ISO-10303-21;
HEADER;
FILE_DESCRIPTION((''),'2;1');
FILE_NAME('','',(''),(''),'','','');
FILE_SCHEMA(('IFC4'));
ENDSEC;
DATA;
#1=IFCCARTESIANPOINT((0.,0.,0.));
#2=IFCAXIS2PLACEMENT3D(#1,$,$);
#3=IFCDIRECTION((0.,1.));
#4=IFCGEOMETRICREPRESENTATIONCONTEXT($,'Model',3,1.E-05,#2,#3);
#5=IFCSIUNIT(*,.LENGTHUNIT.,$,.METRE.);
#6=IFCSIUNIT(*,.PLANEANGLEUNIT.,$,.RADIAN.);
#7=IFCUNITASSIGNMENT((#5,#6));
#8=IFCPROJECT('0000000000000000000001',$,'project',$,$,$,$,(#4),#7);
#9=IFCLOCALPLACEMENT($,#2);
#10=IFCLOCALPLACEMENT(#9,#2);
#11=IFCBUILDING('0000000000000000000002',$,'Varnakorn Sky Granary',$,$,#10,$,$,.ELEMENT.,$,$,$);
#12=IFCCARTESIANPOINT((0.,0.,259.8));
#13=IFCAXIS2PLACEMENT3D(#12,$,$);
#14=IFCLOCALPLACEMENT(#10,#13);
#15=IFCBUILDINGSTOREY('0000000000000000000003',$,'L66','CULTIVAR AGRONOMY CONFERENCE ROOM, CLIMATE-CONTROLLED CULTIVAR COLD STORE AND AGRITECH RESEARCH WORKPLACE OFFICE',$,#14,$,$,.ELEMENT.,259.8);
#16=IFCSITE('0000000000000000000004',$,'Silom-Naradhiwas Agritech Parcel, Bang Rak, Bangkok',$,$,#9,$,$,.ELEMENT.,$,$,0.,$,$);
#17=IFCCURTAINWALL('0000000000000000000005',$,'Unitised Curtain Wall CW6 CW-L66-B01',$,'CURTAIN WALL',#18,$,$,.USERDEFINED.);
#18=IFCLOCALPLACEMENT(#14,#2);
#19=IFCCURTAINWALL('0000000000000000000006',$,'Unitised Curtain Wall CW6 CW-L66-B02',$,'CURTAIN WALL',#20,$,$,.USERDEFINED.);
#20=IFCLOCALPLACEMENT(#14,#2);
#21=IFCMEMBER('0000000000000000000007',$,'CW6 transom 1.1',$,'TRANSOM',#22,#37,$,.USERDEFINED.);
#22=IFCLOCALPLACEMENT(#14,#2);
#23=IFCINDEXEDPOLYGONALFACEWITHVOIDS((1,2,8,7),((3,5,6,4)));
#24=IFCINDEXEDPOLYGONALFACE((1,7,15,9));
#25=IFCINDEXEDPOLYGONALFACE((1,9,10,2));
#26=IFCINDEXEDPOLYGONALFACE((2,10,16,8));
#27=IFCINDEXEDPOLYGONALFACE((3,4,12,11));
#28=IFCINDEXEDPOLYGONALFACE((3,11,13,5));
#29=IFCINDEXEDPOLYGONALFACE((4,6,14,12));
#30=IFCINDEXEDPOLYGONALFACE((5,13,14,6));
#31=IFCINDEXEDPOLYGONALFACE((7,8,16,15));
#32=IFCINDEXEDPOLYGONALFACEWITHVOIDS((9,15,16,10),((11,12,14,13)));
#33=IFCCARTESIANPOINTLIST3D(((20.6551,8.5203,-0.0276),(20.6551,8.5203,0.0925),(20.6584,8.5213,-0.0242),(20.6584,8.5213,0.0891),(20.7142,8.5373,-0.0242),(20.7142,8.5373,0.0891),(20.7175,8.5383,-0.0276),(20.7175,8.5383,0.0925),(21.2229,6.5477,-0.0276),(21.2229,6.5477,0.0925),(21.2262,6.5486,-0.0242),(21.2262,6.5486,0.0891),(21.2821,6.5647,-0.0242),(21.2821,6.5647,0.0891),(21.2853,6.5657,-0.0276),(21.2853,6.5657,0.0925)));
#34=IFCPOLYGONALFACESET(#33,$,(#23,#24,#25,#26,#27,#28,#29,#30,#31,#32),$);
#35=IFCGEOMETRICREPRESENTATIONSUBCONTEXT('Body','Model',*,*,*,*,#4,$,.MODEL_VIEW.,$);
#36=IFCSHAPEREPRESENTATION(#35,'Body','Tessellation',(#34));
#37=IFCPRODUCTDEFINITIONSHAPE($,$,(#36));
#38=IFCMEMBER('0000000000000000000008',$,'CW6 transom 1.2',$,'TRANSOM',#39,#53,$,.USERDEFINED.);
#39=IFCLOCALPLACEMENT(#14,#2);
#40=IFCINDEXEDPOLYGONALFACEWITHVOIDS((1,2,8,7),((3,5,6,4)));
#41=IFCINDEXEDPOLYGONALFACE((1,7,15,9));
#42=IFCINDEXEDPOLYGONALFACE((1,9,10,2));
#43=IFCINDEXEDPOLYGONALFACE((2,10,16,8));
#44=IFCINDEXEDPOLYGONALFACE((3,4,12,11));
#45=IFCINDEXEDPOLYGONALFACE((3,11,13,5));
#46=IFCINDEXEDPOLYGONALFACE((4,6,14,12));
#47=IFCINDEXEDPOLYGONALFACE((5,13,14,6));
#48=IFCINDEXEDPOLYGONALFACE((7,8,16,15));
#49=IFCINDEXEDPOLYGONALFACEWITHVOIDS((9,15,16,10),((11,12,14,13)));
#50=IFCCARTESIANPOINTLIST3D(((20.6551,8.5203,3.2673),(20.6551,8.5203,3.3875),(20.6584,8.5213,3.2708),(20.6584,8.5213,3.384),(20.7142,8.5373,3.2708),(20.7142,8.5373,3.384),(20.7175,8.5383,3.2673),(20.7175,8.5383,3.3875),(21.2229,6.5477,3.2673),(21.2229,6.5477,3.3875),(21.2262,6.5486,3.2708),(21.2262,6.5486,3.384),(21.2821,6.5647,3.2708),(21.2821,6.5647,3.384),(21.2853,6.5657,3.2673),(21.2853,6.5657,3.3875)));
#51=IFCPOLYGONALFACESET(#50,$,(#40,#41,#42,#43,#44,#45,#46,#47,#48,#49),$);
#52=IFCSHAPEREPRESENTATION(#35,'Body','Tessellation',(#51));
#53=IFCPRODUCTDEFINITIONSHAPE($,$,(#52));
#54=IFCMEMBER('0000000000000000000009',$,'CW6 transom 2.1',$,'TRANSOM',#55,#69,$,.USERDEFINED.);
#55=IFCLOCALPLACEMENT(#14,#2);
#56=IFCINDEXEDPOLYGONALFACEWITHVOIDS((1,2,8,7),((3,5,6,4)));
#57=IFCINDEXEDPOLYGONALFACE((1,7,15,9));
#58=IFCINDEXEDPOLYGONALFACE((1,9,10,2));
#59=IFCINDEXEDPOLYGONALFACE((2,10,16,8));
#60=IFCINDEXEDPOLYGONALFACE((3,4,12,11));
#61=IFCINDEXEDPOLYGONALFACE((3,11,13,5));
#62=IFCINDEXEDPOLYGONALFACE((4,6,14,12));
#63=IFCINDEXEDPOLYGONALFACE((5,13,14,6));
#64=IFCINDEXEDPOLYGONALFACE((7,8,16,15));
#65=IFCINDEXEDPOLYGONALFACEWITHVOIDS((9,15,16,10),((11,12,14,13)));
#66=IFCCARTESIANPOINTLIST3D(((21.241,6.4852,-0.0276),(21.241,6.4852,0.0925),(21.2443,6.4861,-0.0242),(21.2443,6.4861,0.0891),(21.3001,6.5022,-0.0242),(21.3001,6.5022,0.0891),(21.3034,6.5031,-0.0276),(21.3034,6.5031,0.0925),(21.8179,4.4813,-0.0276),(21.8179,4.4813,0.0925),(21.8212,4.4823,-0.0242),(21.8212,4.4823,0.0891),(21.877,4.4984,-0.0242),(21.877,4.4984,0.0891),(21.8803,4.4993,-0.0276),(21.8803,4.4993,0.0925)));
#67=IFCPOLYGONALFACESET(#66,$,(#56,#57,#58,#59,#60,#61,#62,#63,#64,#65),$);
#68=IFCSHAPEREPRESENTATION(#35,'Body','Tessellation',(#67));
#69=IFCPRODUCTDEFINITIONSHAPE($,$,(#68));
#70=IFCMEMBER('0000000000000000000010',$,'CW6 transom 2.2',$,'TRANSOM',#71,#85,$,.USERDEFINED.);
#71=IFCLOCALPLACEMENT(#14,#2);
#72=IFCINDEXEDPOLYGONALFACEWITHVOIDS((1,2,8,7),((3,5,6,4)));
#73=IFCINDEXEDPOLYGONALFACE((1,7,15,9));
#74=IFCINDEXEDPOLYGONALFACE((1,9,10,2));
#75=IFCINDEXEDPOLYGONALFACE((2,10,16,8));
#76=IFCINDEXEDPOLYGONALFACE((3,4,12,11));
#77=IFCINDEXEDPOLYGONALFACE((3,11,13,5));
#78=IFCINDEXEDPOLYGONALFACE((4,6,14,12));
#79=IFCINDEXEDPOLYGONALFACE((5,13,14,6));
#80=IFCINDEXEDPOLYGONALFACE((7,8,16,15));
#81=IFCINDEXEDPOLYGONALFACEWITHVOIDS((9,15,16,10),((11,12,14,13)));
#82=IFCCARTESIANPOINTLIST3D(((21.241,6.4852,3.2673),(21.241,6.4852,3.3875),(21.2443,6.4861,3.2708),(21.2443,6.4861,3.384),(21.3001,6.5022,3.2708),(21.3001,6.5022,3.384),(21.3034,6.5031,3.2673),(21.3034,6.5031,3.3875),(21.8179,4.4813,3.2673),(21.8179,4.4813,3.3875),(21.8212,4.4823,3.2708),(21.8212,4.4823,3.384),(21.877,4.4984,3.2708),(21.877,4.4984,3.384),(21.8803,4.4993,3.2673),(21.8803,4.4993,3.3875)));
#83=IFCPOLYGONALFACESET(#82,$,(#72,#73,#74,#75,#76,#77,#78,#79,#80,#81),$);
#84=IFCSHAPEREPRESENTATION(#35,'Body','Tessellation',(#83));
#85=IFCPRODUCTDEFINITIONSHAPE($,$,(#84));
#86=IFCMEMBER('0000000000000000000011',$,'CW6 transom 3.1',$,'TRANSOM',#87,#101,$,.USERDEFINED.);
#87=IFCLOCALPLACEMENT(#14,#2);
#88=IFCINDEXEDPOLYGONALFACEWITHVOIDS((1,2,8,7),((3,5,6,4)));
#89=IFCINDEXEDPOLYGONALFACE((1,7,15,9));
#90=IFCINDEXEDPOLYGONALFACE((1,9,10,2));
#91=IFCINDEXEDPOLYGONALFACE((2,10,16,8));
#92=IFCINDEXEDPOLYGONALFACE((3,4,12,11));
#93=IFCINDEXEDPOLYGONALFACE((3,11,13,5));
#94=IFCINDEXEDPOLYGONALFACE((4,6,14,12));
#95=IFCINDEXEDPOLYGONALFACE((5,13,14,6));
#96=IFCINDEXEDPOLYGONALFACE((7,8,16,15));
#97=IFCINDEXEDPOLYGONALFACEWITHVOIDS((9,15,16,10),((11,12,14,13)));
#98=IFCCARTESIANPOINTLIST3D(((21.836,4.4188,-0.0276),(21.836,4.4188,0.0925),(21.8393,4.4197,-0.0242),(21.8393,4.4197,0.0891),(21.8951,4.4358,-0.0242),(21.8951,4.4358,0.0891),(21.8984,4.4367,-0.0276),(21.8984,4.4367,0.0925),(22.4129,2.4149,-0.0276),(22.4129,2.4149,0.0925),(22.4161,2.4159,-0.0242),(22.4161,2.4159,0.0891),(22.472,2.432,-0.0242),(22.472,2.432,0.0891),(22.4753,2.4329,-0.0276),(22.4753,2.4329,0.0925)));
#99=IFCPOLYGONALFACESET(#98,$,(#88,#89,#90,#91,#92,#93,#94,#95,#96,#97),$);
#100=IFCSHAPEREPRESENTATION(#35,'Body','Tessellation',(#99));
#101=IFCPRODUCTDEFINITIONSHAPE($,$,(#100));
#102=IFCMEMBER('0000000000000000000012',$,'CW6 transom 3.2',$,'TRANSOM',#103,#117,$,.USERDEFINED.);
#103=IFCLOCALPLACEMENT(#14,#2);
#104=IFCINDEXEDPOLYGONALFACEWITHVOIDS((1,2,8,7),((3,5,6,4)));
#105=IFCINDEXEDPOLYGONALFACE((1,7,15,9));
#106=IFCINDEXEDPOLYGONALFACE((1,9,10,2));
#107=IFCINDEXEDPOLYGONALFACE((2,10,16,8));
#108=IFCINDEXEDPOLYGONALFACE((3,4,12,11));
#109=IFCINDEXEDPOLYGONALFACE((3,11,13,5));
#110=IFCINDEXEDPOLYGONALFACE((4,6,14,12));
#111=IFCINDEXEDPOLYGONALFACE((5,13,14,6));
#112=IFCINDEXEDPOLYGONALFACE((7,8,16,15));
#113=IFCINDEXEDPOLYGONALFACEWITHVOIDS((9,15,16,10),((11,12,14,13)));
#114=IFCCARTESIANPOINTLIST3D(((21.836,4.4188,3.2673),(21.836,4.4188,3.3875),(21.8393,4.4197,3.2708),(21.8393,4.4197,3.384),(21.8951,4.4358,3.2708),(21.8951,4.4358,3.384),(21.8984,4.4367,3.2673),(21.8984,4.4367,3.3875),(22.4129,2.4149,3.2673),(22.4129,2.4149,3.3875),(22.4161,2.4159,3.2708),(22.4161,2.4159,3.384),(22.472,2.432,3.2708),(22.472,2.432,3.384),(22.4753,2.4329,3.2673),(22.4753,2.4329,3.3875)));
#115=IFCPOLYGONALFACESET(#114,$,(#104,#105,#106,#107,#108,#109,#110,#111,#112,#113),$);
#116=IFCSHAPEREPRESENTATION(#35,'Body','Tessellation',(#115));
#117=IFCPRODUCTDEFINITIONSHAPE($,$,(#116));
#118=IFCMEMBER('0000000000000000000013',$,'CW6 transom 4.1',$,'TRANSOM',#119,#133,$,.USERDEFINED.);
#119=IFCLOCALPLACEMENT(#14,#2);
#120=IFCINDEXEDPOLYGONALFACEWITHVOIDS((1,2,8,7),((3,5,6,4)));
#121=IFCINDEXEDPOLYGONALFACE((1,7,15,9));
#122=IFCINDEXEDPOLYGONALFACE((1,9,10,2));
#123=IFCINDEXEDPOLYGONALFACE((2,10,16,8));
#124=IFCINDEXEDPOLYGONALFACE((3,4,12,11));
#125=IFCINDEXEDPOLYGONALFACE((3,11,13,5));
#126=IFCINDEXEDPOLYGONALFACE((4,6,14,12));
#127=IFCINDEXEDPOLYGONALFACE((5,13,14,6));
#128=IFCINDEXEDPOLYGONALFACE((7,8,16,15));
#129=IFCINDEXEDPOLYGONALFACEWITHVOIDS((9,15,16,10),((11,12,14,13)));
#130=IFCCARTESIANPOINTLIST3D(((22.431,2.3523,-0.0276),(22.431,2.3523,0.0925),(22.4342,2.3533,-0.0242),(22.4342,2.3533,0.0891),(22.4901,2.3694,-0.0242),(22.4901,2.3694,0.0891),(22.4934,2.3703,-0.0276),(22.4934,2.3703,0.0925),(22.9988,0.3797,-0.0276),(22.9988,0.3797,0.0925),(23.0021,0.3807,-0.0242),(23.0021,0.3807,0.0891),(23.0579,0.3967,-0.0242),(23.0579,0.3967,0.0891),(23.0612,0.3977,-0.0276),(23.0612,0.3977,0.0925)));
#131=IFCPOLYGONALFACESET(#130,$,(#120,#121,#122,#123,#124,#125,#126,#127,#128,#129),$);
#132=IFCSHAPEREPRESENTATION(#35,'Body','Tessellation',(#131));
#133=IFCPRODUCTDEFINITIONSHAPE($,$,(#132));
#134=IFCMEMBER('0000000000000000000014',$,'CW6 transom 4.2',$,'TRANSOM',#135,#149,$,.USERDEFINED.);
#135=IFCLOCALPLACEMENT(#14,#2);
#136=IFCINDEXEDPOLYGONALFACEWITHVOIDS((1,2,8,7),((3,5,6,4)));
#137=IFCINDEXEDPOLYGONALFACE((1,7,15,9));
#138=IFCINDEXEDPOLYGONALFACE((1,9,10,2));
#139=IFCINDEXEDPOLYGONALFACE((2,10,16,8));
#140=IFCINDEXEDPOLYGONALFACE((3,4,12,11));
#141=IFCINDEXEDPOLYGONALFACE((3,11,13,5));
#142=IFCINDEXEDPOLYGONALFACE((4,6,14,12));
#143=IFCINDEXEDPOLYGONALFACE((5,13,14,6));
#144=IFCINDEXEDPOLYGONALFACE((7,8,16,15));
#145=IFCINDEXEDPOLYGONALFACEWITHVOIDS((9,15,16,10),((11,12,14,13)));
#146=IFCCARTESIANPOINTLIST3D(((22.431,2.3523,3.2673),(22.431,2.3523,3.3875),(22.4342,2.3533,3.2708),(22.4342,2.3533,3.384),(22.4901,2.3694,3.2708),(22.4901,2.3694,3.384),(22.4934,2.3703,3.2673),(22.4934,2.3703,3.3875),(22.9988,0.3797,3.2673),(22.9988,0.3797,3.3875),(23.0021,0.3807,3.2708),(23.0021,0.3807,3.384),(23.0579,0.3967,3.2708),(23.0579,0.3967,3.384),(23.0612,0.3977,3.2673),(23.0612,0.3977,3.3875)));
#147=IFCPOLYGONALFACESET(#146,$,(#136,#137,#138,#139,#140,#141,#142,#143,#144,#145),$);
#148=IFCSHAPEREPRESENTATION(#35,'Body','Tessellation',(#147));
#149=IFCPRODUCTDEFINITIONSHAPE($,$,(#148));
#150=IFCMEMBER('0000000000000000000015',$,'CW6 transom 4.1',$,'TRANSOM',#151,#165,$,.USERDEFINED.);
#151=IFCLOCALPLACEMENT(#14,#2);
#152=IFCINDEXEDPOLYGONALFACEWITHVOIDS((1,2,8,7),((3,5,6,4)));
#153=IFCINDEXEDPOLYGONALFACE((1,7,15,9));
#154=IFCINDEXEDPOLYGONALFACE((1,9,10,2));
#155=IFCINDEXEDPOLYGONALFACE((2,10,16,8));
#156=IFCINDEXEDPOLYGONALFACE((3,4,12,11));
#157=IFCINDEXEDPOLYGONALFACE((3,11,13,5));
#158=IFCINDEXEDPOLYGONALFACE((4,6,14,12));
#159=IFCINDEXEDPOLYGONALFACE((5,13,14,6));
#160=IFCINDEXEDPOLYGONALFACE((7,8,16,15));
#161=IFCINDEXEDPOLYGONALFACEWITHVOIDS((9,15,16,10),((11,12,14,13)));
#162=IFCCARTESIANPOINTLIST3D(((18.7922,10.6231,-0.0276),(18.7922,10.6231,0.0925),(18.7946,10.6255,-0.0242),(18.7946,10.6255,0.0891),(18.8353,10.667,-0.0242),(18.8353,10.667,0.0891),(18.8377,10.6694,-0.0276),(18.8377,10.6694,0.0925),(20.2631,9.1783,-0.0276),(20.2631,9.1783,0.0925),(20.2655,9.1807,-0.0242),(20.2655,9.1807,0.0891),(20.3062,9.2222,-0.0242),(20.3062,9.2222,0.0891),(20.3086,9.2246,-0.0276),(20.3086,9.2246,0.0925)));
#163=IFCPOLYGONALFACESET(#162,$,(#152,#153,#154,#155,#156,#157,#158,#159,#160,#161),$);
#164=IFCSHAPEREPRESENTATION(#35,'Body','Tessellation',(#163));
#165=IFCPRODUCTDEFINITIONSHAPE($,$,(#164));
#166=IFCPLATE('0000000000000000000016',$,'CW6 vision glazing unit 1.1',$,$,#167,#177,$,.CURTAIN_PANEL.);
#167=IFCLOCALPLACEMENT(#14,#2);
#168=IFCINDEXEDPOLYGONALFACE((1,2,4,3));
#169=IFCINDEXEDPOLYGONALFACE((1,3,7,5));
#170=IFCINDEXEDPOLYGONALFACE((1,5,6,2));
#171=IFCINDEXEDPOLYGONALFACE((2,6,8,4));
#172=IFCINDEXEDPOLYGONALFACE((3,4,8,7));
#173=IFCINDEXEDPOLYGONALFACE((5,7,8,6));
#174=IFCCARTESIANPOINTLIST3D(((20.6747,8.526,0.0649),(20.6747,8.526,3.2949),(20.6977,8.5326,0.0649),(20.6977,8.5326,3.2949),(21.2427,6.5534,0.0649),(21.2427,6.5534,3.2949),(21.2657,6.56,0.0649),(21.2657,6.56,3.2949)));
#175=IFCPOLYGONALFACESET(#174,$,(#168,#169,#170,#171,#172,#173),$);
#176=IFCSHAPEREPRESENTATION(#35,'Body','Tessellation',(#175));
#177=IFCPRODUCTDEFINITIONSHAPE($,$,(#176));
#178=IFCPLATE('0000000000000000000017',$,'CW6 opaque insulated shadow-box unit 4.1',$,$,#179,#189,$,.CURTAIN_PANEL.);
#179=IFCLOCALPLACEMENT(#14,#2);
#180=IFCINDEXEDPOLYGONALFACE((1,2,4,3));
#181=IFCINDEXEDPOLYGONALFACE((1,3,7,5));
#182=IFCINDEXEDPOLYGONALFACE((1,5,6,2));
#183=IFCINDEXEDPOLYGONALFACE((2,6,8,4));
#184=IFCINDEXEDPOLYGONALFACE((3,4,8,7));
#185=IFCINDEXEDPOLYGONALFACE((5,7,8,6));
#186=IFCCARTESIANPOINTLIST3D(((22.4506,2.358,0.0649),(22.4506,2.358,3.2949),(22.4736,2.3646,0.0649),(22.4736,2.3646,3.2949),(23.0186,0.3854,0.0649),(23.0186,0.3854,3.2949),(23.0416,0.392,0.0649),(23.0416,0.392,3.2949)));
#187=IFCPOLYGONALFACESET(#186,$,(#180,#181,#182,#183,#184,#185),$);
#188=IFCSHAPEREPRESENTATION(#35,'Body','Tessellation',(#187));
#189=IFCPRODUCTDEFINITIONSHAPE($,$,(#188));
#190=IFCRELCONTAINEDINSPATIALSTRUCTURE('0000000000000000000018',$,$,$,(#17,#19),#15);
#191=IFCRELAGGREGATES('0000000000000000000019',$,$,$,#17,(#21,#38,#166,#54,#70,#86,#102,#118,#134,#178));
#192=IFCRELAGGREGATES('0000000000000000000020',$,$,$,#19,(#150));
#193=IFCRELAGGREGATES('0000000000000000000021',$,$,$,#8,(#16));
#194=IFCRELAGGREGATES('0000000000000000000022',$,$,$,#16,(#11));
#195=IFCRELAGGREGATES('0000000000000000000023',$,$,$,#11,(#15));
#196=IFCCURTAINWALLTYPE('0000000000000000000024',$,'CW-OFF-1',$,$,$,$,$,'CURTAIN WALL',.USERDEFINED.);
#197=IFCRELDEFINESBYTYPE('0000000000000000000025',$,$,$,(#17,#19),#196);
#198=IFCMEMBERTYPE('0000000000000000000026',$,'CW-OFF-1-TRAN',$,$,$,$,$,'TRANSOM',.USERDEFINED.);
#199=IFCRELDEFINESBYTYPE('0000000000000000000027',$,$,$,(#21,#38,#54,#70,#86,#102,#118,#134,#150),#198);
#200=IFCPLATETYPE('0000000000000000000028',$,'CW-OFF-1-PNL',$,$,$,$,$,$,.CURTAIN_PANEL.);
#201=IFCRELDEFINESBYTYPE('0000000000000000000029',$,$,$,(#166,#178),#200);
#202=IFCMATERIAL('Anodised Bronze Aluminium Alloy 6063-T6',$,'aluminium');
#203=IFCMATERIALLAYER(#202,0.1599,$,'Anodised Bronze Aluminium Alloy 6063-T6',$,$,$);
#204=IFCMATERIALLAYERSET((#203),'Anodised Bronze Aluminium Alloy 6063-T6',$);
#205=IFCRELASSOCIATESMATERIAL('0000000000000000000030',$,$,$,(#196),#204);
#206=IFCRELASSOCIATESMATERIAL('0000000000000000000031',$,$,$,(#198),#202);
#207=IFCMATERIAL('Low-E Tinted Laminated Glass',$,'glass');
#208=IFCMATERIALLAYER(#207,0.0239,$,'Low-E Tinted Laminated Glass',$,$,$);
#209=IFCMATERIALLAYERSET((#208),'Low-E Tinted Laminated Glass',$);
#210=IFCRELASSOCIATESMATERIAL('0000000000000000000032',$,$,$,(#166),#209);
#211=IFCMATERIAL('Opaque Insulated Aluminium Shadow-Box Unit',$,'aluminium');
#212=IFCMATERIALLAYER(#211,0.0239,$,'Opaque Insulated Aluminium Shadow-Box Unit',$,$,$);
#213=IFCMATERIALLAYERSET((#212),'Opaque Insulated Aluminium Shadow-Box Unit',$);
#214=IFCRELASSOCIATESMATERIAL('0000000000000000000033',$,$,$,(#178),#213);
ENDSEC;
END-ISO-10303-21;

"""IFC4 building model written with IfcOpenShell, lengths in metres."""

from ifc_helpers import new_model, si_unit, direction, frame, origin, origin_2d, place, context, subcontext, project, spatial, rectangle, hollow_rectangle, extrude, source, transform, mapped, material, layer, layer_set, material_profile, profile_set, type_object, element, aggregate, save


model = new_model("IFC4")

# Units and contexts
model_context = context("Model", 3, precision=1e-05, world=origin(), true_north=direction((0.0, 1.0)))
body_context = subcontext(model_context, "Body", "Model", "MODEL_VIEW")
ifc_project = project(units=[si_unit("LENGTHUNIT", "METRE"), si_unit("PLANEANGLEUNIT", "RADIAN")], contexts=[model_context])

# Site, building, storey
site_placement = place(None, origin())
site = spatial("IfcSite", under=ifc_project, at=site_placement, Name="Silom-Naradhiwas Agritech Parcel, Bang Rak, Bangkok", CompositionType="ELEMENT", RefElevation=0.0)
building_placement = place(site_placement, origin())
building = spatial("IfcBuilding", under=site, at=building_placement, Name="Varnakorn Sky Granary", CompositionType="ELEMENT")
storey_placement = place(building_placement, frame((0.0, 0.0, 259.8)))
storey = spatial("IfcBuildingStorey", under=building, at=storey_placement, Name="L66", Description="CULTIVAR AGRONOMY CONFERENCE ROOM, CLIMATE-CONTROLLED CULTIVAR COLD STORE AND AGRITECH RESEARCH WORKPLACE OFFICE", CompositionType="ELEMENT", Elevation=259.8)

# Curtain wall
ifc_material_1 = material(Name="Anodised Bronze Aluminium Alloy 6063-T6", Category="aluminium")
ifc_layer_1 = layer(ifc_material_1, 0.1599, Name="Anodised Bronze Aluminium Alloy 6063-T6")
ifc_layer_set_1 = layer_set([ifc_layer_1], Name="Anodised Bronze Aluminium Alloy 6063-T6")
curtain_wall_type = type_object("IfcCurtainWallType", Name="CW-OFF-1", ElementType="CURTAIN WALL", PredefinedType="USERDEFINED", material=ifc_layer_set_1)
curtain_wall_1_placement = place(storey_placement, origin())
curtain_wall_1 = element("IfcCurtainWall", 1, at=curtain_wall_1_placement, inside=storey, type_object=curtain_wall_type, Name="Unitised Curtain Wall CW6 CW-L66-B01", ObjectType="CURTAIN WALL", PredefinedType="USERDEFINED")

# Curtain wall
curtain_wall_2_placement = place(storey_placement, origin())
curtain_wall_2 = element("IfcCurtainWall", 2, at=curtain_wall_2_placement, inside=storey, type_object=curtain_wall_type, Name="Unitised Curtain Wall CW6 CW-L66-B02", ObjectType="CURTAIN WALL", PredefinedType="USERDEFINED")

# Members
ifc_material_profile_1 = material_profile(ifc_material_1, hollow_rectangle(XDim=0.0649, YDim=0.1201, WallThickness=0.0034, at=origin_2d()), Name="ALU TRAN 65x120")
ifc_profile_set_1 = profile_set([ifc_material_profile_1], Name="Anodised Bronze Aluminium Alloy 6063-T6")
member_type_1 = type_object("IfcMemberType", Name="CW-OFF-1-TRAN", ElementType="TRANSOM", PredefinedType="USERDEFINED", material=ifc_profile_set_1)
member_1_placement = place(storey_placement, frame((20.6863, 8.5293, 0.0325), z_axis=(0.276637, -0.960974, 0.0), x_axis=(0.960974, 0.276637, 0.0)))
member_1 = element("IfcMember", 3, at=member_1_placement, type_object=member_type_1, Name="CW6 transom 1.1", ObjectType="TRANSOM", PredefinedType="USERDEFINED", context=body_context, shape_type="SweptSolid", body=[
    extrude(hollow_rectangle(XDim=0.0649, YDim=0.1201, WallThickness=0.0034, at=origin_2d()), origin(), (0.0, 0.0, 1.0), 2.0527),
])
member_2_placement = place(storey_placement, frame((20.6863, 8.5293, 3.3274), z_axis=(0.276637, -0.960974, 0.0), x_axis=(0.960974, 0.276637, 0.0)))
member_2 = element("IfcMember", 4, at=member_2_placement, type_object=member_type_1, Name="CW6 transom 1.2", ObjectType="TRANSOM", PredefinedType="USERDEFINED", context=body_context, shape_type="SweptSolid", body=[
    extrude(hollow_rectangle(XDim=0.0649, YDim=0.1201, WallThickness=0.0034, at=origin_2d()), origin(), (0.0, 0.0, 1.0), 2.0527),
])
member_3_placement = place(storey_placement, frame((21.2722, 6.4941, 0.0325), z_axis=(0.276653, -0.96097, 0.0), x_axis=(0.96097, 0.276653, 0.0)))
member_3 = element("IfcMember", 5, at=member_3_placement, type_object=member_type_1, Name="CW6 transom 2.1", ObjectType="TRANSOM", PredefinedType="USERDEFINED", context=body_context, shape_type="SweptSolid", body=[
    extrude(hollow_rectangle(XDim=0.0649, YDim=0.1201, WallThickness=0.0034, at=origin_2d()), origin(), (0.0, 0.0, 1.0), 2.0852),
])
member_4_placement = place(storey_placement, frame((21.2722, 6.4941, 3.3274), z_axis=(0.276653, -0.96097, 0.0), x_axis=(0.96097, 0.276653, 0.0)))
member_4 = element("IfcMember", 6, at=member_4_placement, type_object=member_type_1, Name="CW6 transom 2.2", ObjectType="TRANSOM", PredefinedType="USERDEFINED", context=body_context, shape_type="SweptSolid", body=[
    extrude(hollow_rectangle(XDim=0.0649, YDim=0.1201, WallThickness=0.0034, at=origin_2d()), origin(), (0.0, 0.0, 1.0), 2.0852),
])
member_5_placement = place(storey_placement, frame((21.8672, 4.4277, 0.0325), z_axis=(0.276653, -0.96097, 0.0), x_axis=(0.96097, 0.276653, 0.0)))
member_5 = element("IfcMember", 7, at=member_5_placement, type_object=member_type_1, Name="CW6 transom 3.1", ObjectType="TRANSOM", PredefinedType="USERDEFINED", context=body_context, shape_type="SweptSolid", body=[
    extrude(hollow_rectangle(XDim=0.0649, YDim=0.1201, WallThickness=0.0034, at=origin_2d()), origin(), (0.0, 0.0, 1.0), 2.0852),
])
member_6_placement = place(storey_placement, frame((21.8672, 4.4277, 3.3274), z_axis=(0.276653, -0.96097, 0.0), x_axis=(0.96097, 0.276653, 0.0)))
member_6 = element("IfcMember", 8, at=member_6_placement, type_object=member_type_1, Name="CW6 transom 3.2", ObjectType="TRANSOM", PredefinedType="USERDEFINED", context=body_context, shape_type="SweptSolid", body=[
    extrude(hollow_rectangle(XDim=0.0649, YDim=0.1201, WallThickness=0.0034, at=origin_2d()), origin(), (0.0, 0.0, 1.0), 2.0852),
])
member_7_placement = place(storey_placement, frame((22.4622, 2.3613, 0.0325), z_axis=(0.276637, -0.960974, 0.0), x_axis=(0.960974, 0.276637, 0.0)))
member_7 = element("IfcMember", 9, at=member_7_placement, type_object=member_type_1, Name="CW6 transom 4.1", ObjectType="TRANSOM", PredefinedType="USERDEFINED", context=body_context, shape_type="SweptSolid", body=[
    extrude(hollow_rectangle(XDim=0.0649, YDim=0.1201, WallThickness=0.0034, at=origin_2d()), origin(), (0.0, 0.0, 1.0), 2.0527),
])
member_8_placement = place(storey_placement, frame((22.4622, 2.3613, 3.3274), z_axis=(0.276637, -0.960974, 0.0), x_axis=(0.960974, 0.276637, 0.0)))
member_8 = element("IfcMember", 10, at=member_8_placement, type_object=member_type_1, Name="CW6 transom 4.2", ObjectType="TRANSOM", PredefinedType="USERDEFINED", context=body_context, shape_type="SweptSolid", body=[
    extrude(hollow_rectangle(XDim=0.0649, YDim=0.1201, WallThickness=0.0034, at=origin_2d()), origin(), (0.0, 0.0, 1.0), 2.0527),
])
member_9_placement = place(storey_placement, frame((18.8149, 10.6462, 0.0325), z_axis=(0.713413, -0.700744, 0.0), x_axis=(0.700744, 0.713413, 0.0)))
member_9 = element("IfcMember", 11, at=member_9_placement, type_object=member_type_1, Name="CW6 transom 4.1", ObjectType="TRANSOM", PredefinedType="USERDEFINED", context=body_context, shape_type="SweptSolid", body=[
    extrude(hollow_rectangle(XDim=0.0649, YDim=0.1201, WallThickness=0.0034, at=origin_2d()), origin(), (0.0, 0.0, 1.0), 2.0618),
])

# Plates
ifc_material_2 = material(Name="Low-E Tinted Laminated Glass", Category="glass")
ifc_layer_2 = layer(ifc_material_2, 0.0239, Name="Low-E Tinted Laminated Glass")
ifc_layer_set_2 = layer_set([ifc_layer_2], Name="Low-E Tinted Laminated Glass")
plate_type = type_object("IfcPlateType", Name="CW-OFF-1-PNL", PredefinedType="CURTAIN_PANEL")
shared_shape_1 = source(origin(), body_context, "Body", "SweptSolid", [
    extrude(rectangle(XDim=2.0527, YDim=0.0239, at=origin_2d()), origin(), (0.0, 0.0, 1.0), 3.23),
])
plate_1_placement = place(storey_placement, frame((20.9702, 7.543, 0.0649), z_axis=(0.0, 0.0, 1.0), x_axis=(0.276677, -0.960963, 0.0)))
plate_1 = element("IfcPlate", 12, at=plate_1_placement, type_object=plate_type, material=ifc_layer_set_2, Name="CW6 vision glazing unit 1.1", PredefinedType="CURTAIN_PANEL", context=body_context, shape_type="MappedRepresentation", body=[
    mapped(shared_shape_1, transform((0.0, 0.0, 0.0), x_axis=(1.0, 0.0, 0.0), y_axis=(0.0, 1.0, 0.0), z_axis=(0.0, 0.0, 1.0), scale=1.0)),
])
ifc_material_3 = material(Name="Opaque Insulated Aluminium Shadow-Box Unit", Category="aluminium")
ifc_layer_3 = layer(ifc_material_3, 0.0239, Name="Opaque Insulated Aluminium Shadow-Box Unit")
ifc_layer_set_3 = layer_set([ifc_layer_3], Name="Opaque Insulated Aluminium Shadow-Box Unit")
plate_2_placement = place(storey_placement, frame((22.7461, 1.375, 0.0649), z_axis=(0.0, 0.0, 1.0), x_axis=(0.276677, -0.960963, 0.0)))
plate_2 = element("IfcPlate", 13, at=plate_2_placement, type_object=plate_type, material=ifc_layer_set_3, Name="CW6 opaque insulated shadow-box unit 4.1", PredefinedType="CURTAIN_PANEL", context=body_context, shape_type="MappedRepresentation", body=[
    mapped(shared_shape_1, transform((0.0, 0.0, 0.0), x_axis=(1.0, 0.0, 0.0), y_axis=(0.0, 1.0, 0.0), z_axis=(0.0, 0.0, 1.0), scale=1.0)),
])
aggregate(curtain_wall_1, [member_1, member_2, plate_1, member_3, member_4, member_5, member_6, member_7, member_8, plate_2])
aggregate(curtain_wall_2, [member_9])

save(model, "model.ifc")
